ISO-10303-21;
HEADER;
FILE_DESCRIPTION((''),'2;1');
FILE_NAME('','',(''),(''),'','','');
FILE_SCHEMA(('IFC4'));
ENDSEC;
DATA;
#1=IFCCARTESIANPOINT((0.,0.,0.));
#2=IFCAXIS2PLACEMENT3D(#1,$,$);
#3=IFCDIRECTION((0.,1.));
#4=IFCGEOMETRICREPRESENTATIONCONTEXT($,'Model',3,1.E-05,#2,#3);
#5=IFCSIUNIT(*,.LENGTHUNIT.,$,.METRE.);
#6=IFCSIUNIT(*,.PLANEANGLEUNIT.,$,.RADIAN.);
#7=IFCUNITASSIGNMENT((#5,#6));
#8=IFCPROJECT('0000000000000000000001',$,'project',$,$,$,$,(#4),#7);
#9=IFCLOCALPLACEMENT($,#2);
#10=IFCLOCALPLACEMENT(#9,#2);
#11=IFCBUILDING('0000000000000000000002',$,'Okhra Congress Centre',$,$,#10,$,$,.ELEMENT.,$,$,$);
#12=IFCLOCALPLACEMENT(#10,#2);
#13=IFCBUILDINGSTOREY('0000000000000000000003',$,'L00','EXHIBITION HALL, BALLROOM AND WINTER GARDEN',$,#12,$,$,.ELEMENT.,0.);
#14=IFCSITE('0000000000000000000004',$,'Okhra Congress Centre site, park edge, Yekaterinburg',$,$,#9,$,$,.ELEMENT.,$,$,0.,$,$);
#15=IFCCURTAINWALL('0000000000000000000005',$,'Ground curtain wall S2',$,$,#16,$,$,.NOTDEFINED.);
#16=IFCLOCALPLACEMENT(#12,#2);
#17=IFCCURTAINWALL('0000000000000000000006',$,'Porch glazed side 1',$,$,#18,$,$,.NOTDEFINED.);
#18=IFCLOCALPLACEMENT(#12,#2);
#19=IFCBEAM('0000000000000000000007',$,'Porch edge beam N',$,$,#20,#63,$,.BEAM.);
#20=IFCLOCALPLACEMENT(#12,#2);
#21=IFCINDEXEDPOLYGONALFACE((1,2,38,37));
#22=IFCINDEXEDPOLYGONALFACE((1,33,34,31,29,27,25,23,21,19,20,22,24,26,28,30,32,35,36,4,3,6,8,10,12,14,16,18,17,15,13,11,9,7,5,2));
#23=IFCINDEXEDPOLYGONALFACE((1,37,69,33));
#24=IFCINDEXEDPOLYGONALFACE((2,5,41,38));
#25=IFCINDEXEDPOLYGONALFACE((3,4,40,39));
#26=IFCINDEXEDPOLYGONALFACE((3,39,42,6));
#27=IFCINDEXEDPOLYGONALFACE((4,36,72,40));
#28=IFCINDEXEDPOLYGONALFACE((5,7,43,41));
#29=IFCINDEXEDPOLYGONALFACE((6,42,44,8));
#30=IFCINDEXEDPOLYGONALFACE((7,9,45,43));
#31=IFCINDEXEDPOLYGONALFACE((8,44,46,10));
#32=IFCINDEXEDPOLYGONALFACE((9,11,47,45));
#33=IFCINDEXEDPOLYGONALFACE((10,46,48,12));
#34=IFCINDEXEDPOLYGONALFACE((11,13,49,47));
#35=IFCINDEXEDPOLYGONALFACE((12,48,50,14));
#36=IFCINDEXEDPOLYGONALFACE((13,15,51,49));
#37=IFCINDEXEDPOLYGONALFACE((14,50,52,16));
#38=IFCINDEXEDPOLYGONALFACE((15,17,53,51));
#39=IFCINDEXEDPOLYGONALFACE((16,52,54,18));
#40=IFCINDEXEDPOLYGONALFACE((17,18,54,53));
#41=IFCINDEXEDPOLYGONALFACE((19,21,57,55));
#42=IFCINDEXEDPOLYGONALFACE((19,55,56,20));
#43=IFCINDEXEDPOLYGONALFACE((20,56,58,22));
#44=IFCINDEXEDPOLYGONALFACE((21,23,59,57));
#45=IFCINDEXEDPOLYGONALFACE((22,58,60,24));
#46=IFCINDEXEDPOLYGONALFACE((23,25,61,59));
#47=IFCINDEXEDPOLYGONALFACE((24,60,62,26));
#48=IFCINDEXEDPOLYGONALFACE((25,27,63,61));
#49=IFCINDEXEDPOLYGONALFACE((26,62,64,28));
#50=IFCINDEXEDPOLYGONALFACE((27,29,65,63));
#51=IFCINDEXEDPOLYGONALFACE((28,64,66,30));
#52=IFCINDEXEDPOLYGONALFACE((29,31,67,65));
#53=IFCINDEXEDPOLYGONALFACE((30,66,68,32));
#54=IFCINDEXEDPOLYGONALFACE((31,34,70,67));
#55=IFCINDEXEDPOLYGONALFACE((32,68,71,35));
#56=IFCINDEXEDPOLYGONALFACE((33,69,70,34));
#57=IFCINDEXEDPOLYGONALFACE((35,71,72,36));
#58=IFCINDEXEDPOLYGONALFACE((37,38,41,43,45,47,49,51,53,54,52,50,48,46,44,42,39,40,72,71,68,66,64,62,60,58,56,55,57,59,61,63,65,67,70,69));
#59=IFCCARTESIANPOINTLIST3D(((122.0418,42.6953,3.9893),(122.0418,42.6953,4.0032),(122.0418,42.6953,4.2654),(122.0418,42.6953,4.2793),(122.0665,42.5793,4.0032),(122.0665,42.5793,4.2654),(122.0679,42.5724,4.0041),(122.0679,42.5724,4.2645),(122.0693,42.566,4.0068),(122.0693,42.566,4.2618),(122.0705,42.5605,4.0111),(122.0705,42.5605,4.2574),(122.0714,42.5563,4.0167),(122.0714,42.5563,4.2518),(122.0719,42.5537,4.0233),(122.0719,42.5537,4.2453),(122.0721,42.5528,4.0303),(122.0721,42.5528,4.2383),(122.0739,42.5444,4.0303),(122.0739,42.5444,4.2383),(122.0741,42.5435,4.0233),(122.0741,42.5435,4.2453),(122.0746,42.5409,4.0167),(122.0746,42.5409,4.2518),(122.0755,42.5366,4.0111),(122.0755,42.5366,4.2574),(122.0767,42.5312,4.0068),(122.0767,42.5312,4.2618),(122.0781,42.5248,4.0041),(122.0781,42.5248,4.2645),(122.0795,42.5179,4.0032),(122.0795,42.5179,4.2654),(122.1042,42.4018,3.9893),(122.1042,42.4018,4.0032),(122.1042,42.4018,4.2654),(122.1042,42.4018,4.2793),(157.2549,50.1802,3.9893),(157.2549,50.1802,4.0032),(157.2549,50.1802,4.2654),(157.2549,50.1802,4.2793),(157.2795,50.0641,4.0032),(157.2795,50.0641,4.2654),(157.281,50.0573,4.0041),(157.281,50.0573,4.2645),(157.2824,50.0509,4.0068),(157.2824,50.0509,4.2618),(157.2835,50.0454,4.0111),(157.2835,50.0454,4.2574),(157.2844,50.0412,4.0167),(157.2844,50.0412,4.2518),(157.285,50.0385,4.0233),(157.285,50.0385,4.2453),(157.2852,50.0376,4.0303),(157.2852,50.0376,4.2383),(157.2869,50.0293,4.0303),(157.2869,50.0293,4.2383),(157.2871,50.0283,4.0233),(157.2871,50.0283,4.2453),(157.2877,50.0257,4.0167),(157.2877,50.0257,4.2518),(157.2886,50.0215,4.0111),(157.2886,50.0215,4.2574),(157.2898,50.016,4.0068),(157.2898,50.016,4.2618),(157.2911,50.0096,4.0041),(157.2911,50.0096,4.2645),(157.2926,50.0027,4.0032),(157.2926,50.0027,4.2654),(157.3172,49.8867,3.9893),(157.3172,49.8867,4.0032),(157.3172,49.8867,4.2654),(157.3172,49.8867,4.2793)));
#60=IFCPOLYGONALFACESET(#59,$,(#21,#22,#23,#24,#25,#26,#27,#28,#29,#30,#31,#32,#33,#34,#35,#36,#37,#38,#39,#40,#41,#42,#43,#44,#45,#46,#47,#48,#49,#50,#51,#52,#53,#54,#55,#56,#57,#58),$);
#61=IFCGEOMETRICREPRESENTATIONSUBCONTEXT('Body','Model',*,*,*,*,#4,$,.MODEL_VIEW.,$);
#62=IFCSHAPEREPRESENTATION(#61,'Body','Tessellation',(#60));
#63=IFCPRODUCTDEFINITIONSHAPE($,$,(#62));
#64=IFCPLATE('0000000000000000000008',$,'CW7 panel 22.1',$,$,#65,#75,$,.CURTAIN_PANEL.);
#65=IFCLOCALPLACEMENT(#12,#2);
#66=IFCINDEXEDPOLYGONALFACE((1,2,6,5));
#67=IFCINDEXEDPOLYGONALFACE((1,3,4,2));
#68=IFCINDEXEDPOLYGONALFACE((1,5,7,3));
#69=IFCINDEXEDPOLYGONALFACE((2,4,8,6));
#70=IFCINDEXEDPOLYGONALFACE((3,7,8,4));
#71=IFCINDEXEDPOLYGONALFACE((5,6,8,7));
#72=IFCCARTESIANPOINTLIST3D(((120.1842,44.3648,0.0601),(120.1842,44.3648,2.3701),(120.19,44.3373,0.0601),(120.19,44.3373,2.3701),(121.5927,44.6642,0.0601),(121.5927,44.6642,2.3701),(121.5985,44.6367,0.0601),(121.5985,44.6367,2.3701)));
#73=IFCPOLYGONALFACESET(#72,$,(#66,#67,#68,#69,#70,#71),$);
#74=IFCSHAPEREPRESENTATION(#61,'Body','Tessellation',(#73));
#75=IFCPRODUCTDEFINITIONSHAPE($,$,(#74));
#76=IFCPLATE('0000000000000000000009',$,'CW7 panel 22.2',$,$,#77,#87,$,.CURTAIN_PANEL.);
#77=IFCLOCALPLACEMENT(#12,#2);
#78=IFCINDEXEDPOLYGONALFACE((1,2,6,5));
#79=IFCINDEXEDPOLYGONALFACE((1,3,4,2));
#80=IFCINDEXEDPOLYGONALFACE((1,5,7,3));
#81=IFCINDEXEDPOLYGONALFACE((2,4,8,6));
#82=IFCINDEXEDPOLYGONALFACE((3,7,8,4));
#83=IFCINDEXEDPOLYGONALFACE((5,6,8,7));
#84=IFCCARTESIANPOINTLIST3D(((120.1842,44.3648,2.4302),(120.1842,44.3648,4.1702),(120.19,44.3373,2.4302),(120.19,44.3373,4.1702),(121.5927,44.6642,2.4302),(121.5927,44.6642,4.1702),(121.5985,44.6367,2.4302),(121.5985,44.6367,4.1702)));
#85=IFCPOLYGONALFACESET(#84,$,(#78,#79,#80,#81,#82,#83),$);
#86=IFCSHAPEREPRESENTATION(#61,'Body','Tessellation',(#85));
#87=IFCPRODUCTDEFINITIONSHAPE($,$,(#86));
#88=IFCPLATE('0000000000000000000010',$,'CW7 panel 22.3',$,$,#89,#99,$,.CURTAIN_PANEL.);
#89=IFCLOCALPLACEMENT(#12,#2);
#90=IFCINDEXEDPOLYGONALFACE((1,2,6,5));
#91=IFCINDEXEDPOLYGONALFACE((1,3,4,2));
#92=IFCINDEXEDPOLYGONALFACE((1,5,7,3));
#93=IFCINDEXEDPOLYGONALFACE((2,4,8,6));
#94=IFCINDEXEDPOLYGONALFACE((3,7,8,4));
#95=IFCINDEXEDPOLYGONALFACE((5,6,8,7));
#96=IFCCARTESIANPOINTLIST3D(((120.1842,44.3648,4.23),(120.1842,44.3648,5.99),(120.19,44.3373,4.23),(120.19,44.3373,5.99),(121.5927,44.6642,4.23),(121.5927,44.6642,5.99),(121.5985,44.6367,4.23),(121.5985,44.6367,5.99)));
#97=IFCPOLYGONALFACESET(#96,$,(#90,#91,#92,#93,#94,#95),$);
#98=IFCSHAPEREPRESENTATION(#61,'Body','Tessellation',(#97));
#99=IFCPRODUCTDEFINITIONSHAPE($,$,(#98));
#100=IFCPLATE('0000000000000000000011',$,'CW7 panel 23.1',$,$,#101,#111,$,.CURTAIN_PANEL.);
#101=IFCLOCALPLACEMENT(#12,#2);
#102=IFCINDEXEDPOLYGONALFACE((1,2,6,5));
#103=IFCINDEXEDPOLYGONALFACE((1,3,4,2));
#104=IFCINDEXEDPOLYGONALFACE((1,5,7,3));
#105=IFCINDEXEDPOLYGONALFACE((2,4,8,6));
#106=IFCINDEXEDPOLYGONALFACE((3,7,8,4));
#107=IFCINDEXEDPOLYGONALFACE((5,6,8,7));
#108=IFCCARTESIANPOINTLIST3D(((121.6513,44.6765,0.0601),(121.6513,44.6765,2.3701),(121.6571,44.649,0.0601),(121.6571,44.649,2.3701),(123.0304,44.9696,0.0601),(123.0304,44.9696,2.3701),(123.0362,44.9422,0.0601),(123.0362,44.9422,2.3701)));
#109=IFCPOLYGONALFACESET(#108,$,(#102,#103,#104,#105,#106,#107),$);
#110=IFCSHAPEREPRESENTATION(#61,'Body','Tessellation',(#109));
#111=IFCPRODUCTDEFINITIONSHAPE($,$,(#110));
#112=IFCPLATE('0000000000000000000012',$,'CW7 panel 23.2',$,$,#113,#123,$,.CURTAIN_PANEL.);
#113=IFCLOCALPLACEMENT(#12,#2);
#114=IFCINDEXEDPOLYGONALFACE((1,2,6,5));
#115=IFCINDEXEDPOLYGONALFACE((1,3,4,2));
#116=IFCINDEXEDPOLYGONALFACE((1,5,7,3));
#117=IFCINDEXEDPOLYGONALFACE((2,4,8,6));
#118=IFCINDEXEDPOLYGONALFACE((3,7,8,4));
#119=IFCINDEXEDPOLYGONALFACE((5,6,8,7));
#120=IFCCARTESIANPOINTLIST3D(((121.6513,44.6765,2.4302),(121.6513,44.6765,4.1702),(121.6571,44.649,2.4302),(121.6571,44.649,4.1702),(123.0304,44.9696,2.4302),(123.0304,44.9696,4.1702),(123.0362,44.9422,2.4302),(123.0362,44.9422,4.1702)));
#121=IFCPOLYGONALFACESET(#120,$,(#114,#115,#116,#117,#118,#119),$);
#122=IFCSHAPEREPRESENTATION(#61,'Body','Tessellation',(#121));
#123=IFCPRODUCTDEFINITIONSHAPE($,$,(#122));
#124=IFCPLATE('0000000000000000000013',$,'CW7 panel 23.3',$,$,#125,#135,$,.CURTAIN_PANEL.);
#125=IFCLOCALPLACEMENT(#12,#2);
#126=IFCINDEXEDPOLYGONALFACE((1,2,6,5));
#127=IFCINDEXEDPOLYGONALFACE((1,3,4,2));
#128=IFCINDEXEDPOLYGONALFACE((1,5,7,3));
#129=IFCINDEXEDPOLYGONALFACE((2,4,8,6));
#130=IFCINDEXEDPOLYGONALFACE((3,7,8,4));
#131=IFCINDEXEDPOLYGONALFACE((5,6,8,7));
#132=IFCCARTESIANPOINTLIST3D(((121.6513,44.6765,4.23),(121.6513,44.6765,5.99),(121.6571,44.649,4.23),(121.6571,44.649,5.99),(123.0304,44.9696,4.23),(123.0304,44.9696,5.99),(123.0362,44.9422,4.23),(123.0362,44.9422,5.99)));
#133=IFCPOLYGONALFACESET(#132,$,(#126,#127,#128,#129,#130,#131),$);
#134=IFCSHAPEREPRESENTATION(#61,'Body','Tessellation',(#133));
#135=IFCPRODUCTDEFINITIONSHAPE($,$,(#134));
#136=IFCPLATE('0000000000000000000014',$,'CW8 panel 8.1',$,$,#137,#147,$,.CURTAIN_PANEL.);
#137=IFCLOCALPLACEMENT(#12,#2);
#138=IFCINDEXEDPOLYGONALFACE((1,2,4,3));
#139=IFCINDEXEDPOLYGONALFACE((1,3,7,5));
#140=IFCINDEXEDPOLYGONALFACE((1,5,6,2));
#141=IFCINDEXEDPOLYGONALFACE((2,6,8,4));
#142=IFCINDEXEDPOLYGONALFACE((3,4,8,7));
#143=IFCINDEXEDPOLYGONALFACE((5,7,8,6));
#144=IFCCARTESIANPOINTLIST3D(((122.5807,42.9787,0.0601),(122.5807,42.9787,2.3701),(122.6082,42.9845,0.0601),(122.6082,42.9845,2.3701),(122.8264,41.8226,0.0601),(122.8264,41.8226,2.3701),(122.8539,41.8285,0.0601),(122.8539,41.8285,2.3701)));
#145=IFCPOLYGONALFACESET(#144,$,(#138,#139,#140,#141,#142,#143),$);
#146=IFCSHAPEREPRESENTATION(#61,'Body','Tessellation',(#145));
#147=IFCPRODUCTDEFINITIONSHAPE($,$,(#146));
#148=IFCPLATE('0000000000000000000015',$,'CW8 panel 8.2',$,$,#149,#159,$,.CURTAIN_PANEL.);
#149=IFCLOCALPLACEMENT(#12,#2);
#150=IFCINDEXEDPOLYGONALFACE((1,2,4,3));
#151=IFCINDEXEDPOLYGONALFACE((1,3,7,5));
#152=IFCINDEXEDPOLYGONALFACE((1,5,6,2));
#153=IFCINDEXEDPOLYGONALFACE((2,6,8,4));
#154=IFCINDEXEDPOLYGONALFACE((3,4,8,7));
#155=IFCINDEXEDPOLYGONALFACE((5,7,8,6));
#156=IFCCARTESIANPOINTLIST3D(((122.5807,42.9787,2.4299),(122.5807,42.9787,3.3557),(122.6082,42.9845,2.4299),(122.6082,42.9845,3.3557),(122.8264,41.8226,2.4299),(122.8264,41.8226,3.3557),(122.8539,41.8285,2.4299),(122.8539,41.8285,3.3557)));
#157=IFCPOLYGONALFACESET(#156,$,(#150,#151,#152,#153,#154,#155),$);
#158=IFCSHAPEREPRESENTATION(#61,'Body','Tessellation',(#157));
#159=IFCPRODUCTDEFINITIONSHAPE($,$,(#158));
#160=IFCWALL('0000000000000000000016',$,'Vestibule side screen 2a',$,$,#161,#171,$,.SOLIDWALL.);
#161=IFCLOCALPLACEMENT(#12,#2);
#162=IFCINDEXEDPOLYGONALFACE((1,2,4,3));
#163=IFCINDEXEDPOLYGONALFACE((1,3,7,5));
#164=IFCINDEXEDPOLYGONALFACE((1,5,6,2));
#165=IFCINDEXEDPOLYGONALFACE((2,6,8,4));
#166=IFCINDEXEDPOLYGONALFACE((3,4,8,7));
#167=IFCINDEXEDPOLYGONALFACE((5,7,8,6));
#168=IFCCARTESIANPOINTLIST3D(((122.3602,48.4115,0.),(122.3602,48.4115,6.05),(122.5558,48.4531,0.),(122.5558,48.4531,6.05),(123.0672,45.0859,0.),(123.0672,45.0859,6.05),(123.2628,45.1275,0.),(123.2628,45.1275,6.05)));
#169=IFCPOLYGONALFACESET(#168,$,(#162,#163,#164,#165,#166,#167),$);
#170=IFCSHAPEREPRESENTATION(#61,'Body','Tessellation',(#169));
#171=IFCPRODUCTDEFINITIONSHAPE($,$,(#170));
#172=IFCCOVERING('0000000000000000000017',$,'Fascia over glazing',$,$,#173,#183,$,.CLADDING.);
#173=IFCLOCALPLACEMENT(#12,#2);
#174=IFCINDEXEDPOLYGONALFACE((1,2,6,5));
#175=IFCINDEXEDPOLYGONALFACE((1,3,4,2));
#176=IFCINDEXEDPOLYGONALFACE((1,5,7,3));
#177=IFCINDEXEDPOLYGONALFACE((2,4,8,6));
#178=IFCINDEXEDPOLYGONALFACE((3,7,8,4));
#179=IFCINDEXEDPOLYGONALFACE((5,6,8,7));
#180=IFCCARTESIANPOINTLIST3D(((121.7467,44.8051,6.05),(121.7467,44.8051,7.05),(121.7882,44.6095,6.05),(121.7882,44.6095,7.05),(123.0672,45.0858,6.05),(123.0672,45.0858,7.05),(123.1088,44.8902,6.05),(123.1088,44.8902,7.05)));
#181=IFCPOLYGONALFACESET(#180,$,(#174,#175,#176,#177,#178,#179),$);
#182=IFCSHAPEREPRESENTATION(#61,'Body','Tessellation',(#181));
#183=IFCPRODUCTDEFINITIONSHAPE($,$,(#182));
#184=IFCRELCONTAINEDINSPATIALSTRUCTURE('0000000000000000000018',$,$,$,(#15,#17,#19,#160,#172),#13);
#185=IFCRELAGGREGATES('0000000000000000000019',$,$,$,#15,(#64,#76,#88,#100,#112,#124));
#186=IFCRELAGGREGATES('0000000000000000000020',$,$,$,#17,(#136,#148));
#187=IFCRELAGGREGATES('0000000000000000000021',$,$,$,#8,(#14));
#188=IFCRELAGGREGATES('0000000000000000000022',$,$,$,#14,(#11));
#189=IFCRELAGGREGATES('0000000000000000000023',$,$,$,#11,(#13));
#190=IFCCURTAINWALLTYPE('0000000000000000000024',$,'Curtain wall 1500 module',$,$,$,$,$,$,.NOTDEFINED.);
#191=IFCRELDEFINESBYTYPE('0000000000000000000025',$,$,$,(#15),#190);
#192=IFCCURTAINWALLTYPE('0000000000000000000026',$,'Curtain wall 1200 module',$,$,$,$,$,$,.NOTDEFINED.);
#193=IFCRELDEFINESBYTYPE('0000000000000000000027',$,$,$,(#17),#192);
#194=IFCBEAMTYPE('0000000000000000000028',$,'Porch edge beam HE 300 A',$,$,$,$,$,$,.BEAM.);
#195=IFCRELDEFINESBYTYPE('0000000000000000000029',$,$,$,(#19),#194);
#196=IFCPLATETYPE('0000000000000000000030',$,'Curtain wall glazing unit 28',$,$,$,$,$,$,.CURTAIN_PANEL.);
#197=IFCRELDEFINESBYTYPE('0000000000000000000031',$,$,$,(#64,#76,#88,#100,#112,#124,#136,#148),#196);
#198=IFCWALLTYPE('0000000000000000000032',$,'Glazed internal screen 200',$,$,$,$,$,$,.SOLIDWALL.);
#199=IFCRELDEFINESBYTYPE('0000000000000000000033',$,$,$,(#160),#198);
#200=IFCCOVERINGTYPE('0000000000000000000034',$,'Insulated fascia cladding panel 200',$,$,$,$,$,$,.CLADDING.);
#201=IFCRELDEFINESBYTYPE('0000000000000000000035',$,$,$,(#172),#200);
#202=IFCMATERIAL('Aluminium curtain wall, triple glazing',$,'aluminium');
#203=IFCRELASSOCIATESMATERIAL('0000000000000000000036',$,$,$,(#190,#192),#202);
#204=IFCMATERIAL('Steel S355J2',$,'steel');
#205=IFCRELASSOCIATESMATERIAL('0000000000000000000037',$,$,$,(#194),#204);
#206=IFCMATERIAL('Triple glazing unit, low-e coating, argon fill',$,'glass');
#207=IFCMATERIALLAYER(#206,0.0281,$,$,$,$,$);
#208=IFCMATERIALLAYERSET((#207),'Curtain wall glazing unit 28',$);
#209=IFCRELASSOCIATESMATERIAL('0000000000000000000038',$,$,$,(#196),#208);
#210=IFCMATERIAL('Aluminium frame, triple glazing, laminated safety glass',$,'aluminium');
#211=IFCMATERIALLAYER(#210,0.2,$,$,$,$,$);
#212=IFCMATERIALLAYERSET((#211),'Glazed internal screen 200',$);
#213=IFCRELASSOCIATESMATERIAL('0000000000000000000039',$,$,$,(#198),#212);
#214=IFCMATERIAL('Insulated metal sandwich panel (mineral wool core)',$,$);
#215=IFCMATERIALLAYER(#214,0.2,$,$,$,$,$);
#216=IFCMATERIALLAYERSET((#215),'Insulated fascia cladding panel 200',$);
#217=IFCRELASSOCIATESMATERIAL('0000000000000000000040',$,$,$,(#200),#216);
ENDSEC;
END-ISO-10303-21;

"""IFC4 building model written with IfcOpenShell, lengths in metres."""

from ifc_helpers import new_model, si_unit, direction, frame, frame_2d, origin, origin_2d, place, context, subcontext, project, spatial, rectangle, i_section, extrude, material, layer, layer_set, material_profile, profile_set, type_object, element, aggregate, save


model = new_model("IFC4")

# Units and contexts
model_context = context("Model", 3, precision=1e-05, world=origin(), true_north=direction((0.0, 1.0)))
body_context = subcontext(model_context, "Body", "Model", "MODEL_VIEW")
ifc_project = project(units=[si_unit("LENGTHUNIT", "METRE"), si_unit("PLANEANGLEUNIT", "RADIAN")], contexts=[model_context])

# Site, building, storey
site_placement = place(None, origin())
site = spatial("IfcSite", under=ifc_project, at=site_placement, Name="Okhra Congress Centre site, park edge, Yekaterinburg", CompositionType="ELEMENT", RefElevation=0.0)
building_placement = place(site_placement, origin())
building = spatial("IfcBuilding", under=site, at=building_placement, Name="Okhra Congress Centre", CompositionType="ELEMENT")
storey_placement = place(building_placement, origin())
storey = spatial("IfcBuildingStorey", under=building, at=storey_placement, Name="L00", Description="EXHIBITION HALL, BALLROOM AND WINTER GARDEN", CompositionType="ELEMENT", Elevation=0.0)

# Curtain wall
ifc_material_1 = material(Name="Aluminium curtain wall, triple glazing", Category="aluminium")
curtain_wall_type_1 = type_object("IfcCurtainWallType", Name="Curtain wall 1500 module", PredefinedType="NOTDEFINED", material=ifc_material_1)
curtain_wall_1_placement = place(storey_placement, origin())
curtain_wall_1 = element("IfcCurtainWall", 1, at=curtain_wall_1_placement, inside=storey, type_object=curtain_wall_type_1, Name="Ground curtain wall S2", PredefinedType="NOTDEFINED")

# Curtain wall
curtain_wall_type_2 = type_object("IfcCurtainWallType", Name="Curtain wall 1200 module", PredefinedType="NOTDEFINED", material=ifc_material_1)
curtain_wall_2_placement = place(storey_placement, origin())
curtain_wall_2 = element("IfcCurtainWall", 2, at=curtain_wall_2_placement, inside=storey, type_object=curtain_wall_type_2, Name="Porch glazed side 1", PredefinedType="NOTDEFINED")

# Beam
ifc_material_2 = material(Name="Steel S355J2", Category="steel")
ifc_material_profile_1 = material_profile(ifc_material_2, i_section(OverallWidth=0.3, OverallDepth=0.29, WebThickness=0.0085, FlangeThickness=0.0139, FilletRadius=0.0271, at=origin_2d()), Name="HE 300 A")
ifc_profile_set_1 = profile_set([ifc_material_profile_1], Name="Steel S355J2")
beam_type = type_object("IfcBeamType", Name="Porch edge beam HE 300 A", PredefinedType="BEAM", material=ifc_profile_set_1)
beam_placement = place(storey_placement, frame((122.073, 42.5486, 4.1343), z_axis=(0.978147, 0.207914, 0.0), x_axis=(-0.207914, 0.978147, 0.0)))
element("IfcBeam", 3, at=beam_placement, inside=storey, type_object=beam_type, Name="Porch edge beam N", PredefinedType="BEAM", context=body_context, shape_type="SweptSolid", body=[
    extrude(i_section(OverallWidth=0.3, OverallDepth=0.29, WebThickness=0.0085, FlangeThickness=0.0139, FilletRadius=0.0271, at=origin_2d()), origin(), (0.0, 0.0, 1.0), 35.9998),
])

# Plates
ifc_material_3 = material(Name="Triple glazing unit, low-e coating, argon fill", Category="glass")
ifc_layer_1 = layer(ifc_material_3, 0.0281)
ifc_layer_set_1 = layer_set([ifc_layer_1], Name="Curtain wall glazing unit 28")
plate_type = type_object("IfcPlateType", Name="Curtain wall glazing unit 28", PredefinedType="CURTAIN_PANEL", material=ifc_layer_set_1)
plate_1_placement = place(storey_placement, frame((120.8914, 44.5007, 0.0601), z_axis=(0.0, 0.0, 1.0), x_axis=(0.978148, 0.207912, 0.0)))
plate_1 = element("IfcPlate", 4, at=plate_1_placement, type_object=plate_type, Name="CW7 panel 22.1", PredefinedType="CURTAIN_PANEL", context=body_context, shape_type="SweptSolid", body=[
    extrude(rectangle(XDim=1.4399, YDim=0.0281, at=origin_2d()), origin(), (0.0, 0.0, 1.0), 2.3101),
])
plate_2_placement = place(storey_placement, frame((120.8914, 44.5007, 2.4302), z_axis=(0.0, 0.0, 1.0), x_axis=(0.978148, 0.207912, 0.0)))
plate_2 = element("IfcPlate", 5, at=plate_2_placement, type_object=plate_type, Name="CW7 panel 22.2", PredefinedType="CURTAIN_PANEL", context=body_context, shape_type="SweptSolid", body=[
    extrude(rectangle(XDim=1.4399, YDim=0.0281, at=origin_2d()), origin(), (0.0, 0.0, 1.0), 1.74),
])
plate_3_placement = place(storey_placement, frame((120.8914, 44.5007, 4.23), z_axis=(0.0, 0.0, 1.0), x_axis=(0.978148, 0.207912, 0.0)))
plate_3 = element("IfcPlate", 6, at=plate_3_placement, type_object=plate_type, Name="CW7 panel 22.3", PredefinedType="CURTAIN_PANEL", context=body_context, shape_type="SweptSolid", body=[
    extrude(rectangle(XDim=1.4399, YDim=0.0281, at=origin_2d()), origin(), (0.0, 0.0, 1.0), 1.76),
])
plate_4_placement = place(storey_placement, frame((122.3438, 44.8093, 0.0601), z_axis=(0.0, 0.0, 1.0), x_axis=(0.978148, 0.207912, 0.0)))
plate_4 = element("IfcPlate", 7, at=plate_4_placement, type_object=plate_type, Name="CW7 panel 23.1", PredefinedType="CURTAIN_PANEL", context=body_context, shape_type="SweptSolid", body=[
    extrude(rectangle(XDim=1.4099, YDim=0.0281, at=origin_2d()), origin(), (0.0, 0.0, 1.0), 2.3101),
])
plate_5_placement = place(storey_placement, frame((122.3438, 44.8093, 2.4302), z_axis=(0.0, 0.0, 1.0), x_axis=(0.978148, 0.207912, 0.0)))
plate_5 = element("IfcPlate", 8, at=plate_5_placement, type_object=plate_type, Name="CW7 panel 23.2", PredefinedType="CURTAIN_PANEL", context=body_context, shape_type="SweptSolid", body=[
    extrude(rectangle(XDim=1.4099, YDim=0.0281, at=origin_2d()), origin(), (0.0, 0.0, 1.0), 1.74),
])
plate_6_placement = place(storey_placement, frame((122.3438, 44.8093, 4.23), z_axis=(0.0, 0.0, 1.0), x_axis=(0.978148, 0.207912, 0.0)))
plate_6 = element("IfcPlate", 9, at=plate_6_placement, type_object=plate_type, Name="CW7 panel 23.3", PredefinedType="CURTAIN_PANEL", context=body_context, shape_type="SweptSolid", body=[
    extrude(rectangle(XDim=1.4099, YDim=0.0281, at=origin_2d()), origin(), (0.0, 0.0, 1.0), 1.76),
])
aggregate(curtain_wall_1, [plate_1, plate_2, plate_3, plate_4, plate_5, plate_6])
plate_7_placement = place(storey_placement, frame((122.7173, 42.4036, 0.0601), z_axis=(0.0, 0.0, 1.0), x_axis=(-0.207912, 0.978148, 0.0)))
plate_7 = element("IfcPlate", 10, at=plate_7_placement, type_object=plate_type, Name="CW8 panel 8.1", PredefinedType="CURTAIN_PANEL", context=body_context, shape_type="SweptSolid", body=[
    extrude(rectangle(XDim=1.1819, YDim=0.0281, at=origin_2d()), origin(), (0.0, 0.0, 1.0), 2.3101),
])
plate_8_placement = place(storey_placement, frame((122.7173, 42.4036, 2.4299), z_axis=(0.0, 0.0, 1.0), x_axis=(-0.207912, 0.978148, 0.0)))
plate_8 = element("IfcPlate", 11, at=plate_8_placement, type_object=plate_type, Name="CW8 panel 8.2", PredefinedType="CURTAIN_PANEL", context=body_context, shape_type="SweptSolid", body=[
    extrude(rectangle(XDim=1.1819, YDim=0.0281, at=origin_2d()), origin(), (0.0, 0.0, 1.0), 0.9258),
])
aggregate(curtain_wall_2, [plate_7, plate_8])

# Shared definitions
ifc_material_4 = material(Name="Aluminium frame, triple glazing, laminated safety glass", Category="aluminium")
ifc_layer_2 = layer(ifc_material_4, 0.2)
ifc_layer_set_2 = layer_set([ifc_layer_2], Name="Glazed internal screen 200")
wall_type_1 = type_object("IfcWallType", Name="Glazed internal screen 200", PredefinedType="SOLIDWALL", material=ifc_layer_set_2)

# Wall
wall_1_placement = place(storey_placement, frame((123.165, 45.1067, 0.0), z_axis=(0.0, 0.0, 1.0), x_axis=(-0.20795, 0.97814, 0.0)))
element("IfcWall", 12, at=wall_1_placement, inside=storey, type_object=wall_type_1, Name="Vestibule side screen 2a", PredefinedType="SOLIDWALL", context=body_context, shape_type="SweptSolid", body=[
    extrude(rectangle(XDim=3.3999, YDim=0.2, at=frame_2d((1.7, 0.0))), origin(), (0.0, 0.0, 1.0), 6.05),
])

# Covering
ifc_material_5 = material(Name="Insulated metal sandwich panel (mineral wool core)")
ifc_layer_3 = layer(ifc_material_5, 0.2)
ifc_layer_set_3 = layer_set([ifc_layer_3], Name="Insulated fascia cladding panel 200")
covering_type = type_object("IfcCoveringType", Name="Insulated fascia cladding panel 200", PredefinedType="CLADDING", material=ifc_layer_set_3)
covering_placement = place(storey_placement, frame((122.4277, 44.8477, 6.05), z_axis=(0.0, 0.0, 1.0), x_axis=(0.978148, 0.207912, 0.0)))
element("IfcCovering", 13, at=covering_placement, inside=storey, type_object=covering_type, Name="Fascia over glazing", PredefinedType="CLADDING", context=body_context, shape_type="SweptSolid", body=[
    extrude(rectangle(XDim=1.3501, YDim=0.2, at=origin_2d()), origin(), (0.0, 0.0, 1.0), 1.0),
])

save(model, "model.ifc")
